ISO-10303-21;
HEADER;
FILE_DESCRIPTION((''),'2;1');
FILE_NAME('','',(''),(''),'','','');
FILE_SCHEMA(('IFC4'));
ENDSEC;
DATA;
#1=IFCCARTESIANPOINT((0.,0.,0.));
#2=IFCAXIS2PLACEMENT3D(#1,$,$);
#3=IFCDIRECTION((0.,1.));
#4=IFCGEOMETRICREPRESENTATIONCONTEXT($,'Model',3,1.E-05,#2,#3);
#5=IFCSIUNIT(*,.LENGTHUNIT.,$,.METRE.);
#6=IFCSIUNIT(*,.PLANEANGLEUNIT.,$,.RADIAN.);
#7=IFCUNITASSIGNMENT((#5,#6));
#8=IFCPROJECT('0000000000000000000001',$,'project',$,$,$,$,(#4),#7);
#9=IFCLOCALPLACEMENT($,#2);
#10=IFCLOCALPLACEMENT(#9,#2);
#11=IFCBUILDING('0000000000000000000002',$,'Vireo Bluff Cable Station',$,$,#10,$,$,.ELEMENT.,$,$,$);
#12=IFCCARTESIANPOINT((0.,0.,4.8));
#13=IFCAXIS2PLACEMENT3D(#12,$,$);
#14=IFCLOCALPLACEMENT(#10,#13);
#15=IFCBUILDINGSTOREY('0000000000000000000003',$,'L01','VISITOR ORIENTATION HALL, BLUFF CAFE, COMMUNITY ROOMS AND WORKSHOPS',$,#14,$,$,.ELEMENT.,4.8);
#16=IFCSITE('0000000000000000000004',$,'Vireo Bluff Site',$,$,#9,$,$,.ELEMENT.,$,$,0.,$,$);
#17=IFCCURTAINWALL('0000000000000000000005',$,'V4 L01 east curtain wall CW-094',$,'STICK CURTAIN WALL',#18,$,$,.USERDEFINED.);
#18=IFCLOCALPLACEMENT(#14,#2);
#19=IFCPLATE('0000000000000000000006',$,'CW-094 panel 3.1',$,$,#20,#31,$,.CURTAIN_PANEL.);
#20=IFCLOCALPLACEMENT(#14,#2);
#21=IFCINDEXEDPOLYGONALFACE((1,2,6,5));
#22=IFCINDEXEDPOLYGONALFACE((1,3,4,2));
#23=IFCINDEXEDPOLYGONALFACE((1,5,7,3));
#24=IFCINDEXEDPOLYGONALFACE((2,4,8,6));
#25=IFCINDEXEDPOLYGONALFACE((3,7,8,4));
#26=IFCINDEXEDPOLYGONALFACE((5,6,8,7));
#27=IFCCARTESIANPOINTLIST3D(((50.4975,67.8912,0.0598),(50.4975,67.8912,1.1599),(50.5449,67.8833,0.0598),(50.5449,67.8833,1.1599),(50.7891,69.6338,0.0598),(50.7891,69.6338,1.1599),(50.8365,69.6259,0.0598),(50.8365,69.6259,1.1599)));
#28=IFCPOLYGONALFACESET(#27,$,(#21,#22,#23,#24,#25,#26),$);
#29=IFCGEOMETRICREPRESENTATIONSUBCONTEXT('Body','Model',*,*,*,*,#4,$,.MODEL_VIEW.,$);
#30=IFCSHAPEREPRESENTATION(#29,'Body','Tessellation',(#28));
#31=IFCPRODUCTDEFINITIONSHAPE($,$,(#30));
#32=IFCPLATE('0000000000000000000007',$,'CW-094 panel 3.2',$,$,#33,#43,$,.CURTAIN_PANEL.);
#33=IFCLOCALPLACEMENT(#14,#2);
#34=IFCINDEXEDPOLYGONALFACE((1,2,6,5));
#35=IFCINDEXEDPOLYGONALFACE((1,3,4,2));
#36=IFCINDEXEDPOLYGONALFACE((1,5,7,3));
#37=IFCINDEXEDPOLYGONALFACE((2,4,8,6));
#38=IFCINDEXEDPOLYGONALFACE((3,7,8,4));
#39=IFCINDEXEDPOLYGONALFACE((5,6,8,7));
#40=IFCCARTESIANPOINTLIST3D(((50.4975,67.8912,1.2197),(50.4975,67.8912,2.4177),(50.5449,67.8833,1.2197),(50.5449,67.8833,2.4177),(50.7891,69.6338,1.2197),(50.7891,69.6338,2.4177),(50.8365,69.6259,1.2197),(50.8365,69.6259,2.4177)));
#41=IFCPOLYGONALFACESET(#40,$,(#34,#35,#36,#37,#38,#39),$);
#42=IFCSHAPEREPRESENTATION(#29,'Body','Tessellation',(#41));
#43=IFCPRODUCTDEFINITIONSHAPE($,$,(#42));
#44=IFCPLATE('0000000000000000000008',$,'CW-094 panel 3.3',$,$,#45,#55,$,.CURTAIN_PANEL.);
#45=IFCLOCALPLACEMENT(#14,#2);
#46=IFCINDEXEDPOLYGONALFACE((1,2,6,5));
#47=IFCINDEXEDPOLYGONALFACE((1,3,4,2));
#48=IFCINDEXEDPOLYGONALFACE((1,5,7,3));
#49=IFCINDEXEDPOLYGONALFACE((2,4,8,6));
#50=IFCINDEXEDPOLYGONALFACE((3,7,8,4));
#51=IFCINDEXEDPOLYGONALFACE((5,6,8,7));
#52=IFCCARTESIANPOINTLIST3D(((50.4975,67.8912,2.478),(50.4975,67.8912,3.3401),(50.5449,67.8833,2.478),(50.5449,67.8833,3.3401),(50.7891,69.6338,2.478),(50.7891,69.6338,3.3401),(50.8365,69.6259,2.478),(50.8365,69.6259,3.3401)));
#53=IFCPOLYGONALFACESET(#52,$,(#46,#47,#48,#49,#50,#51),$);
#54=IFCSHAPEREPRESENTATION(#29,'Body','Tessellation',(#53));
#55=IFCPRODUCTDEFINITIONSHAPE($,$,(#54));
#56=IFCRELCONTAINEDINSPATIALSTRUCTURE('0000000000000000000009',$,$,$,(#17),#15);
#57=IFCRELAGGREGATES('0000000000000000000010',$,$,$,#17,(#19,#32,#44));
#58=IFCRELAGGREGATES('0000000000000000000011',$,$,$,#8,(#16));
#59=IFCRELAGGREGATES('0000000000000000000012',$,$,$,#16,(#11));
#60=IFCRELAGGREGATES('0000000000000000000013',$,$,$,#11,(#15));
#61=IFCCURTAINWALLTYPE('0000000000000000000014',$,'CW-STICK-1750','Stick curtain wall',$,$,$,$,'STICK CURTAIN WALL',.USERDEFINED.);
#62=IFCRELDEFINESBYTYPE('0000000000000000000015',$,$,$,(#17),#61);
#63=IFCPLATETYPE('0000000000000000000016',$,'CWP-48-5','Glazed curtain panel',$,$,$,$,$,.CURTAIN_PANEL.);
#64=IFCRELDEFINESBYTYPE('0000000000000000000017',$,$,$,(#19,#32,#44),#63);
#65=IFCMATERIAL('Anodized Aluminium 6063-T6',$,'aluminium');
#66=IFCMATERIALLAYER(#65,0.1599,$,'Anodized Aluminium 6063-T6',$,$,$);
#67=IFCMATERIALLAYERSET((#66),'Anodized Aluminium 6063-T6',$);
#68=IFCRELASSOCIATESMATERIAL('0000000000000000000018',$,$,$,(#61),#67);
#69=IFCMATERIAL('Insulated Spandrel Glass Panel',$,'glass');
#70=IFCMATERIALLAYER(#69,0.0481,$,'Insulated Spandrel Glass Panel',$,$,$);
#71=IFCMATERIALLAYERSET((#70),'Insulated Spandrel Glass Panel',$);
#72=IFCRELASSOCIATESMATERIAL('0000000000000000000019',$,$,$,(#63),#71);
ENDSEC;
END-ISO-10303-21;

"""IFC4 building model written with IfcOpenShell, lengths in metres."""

from ifc_helpers import new_model, si_unit, direction, frame, origin, origin_2d, place, context, subcontext, project, spatial, rectangle, extrude, material, layer, layer_set, type_object, element, aggregate, save


model = new_model("IFC4")

# Units and contexts
model_context = context("Model", 3, precision=1e-05, world=origin(), true_north=direction((0.0, 1.0)))
body_context = subcontext(model_context, "Body", "Model", "MODEL_VIEW")
ifc_project = project(units=[si_unit("LENGTHUNIT", "METRE"), si_unit("PLANEANGLEUNIT", "RADIAN")], contexts=[model_context])

# Site, building, storey
site_placement = place(None, origin())
site = spatial("IfcSite", under=ifc_project, at=site_placement, Name="Vireo Bluff Site", CompositionType="ELEMENT", RefElevation=0.0)
building_placement = place(site_placement, origin())
building = spatial("IfcBuilding", under=site, at=building_placement, Name="Vireo Bluff Cable Station", CompositionType="ELEMENT")
storey_placement = place(building_placement, frame((0.0, 0.0, 4.8)))
storey = spatial("IfcBuildingStorey", under=building, at=storey_placement, Name="L01", Description="VISITOR ORIENTATION HALL, BLUFF CAFE, COMMUNITY ROOMS AND WORKSHOPS", CompositionType="ELEMENT", Elevation=4.8)

# Curtain wall
ifc_material_1 = material(Name="Anodized Aluminium 6063-T6", Category="aluminium")
ifc_layer_1 = layer(ifc_material_1, 0.1599, Name="Anodized Aluminium 6063-T6")
ifc_layer_set_1 = layer_set([ifc_layer_1], Name="Anodized Aluminium 6063-T6")
curtain_wall_type = type_object("IfcCurtainWallType", Name="CW-STICK-1750", Description="Stick curtain wall", ElementType="STICK CURTAIN WALL", PredefinedType="USERDEFINED", material=ifc_layer_set_1)
curtain_wall_placement = place(storey_placement, origin())
curtain_wall = element("IfcCurtainWall", 1, at=curtain_wall_placement, inside=storey, type_object=curtain_wall_type, Name="V4 L01 east curtain wall CW-094", ObjectType="STICK CURTAIN WALL", PredefinedType="USERDEFINED")

# Plates
ifc_material_2 = material(Name="Insulated Spandrel Glass Panel", Category="glass")
ifc_layer_2 = layer(ifc_material_2, 0.0481, Name="Insulated Spandrel Glass Panel")
ifc_layer_set_2 = layer_set([ifc_layer_2], Name="Insulated Spandrel Glass Panel")
plate_type = type_object("IfcPlateType", Name="CWP-48-5", Description="Glazed curtain panel", PredefinedType="CURTAIN_PANEL", material=ifc_layer_set_2)
plate_1_placement = place(storey_placement, frame((50.667, 68.7585, 0.0598), z_axis=(0.0, 0.0, 1.0), x_axis=(-0.165048, -0.986286, 0.0)))
plate_1 = element("IfcPlate", 2, at=plate_1_placement, type_object=plate_type, Name="CW-094 panel 3.1", PredefinedType="CURTAIN_PANEL", context=body_context, shape_type="SweptSolid", body=[
    extrude(rectangle(XDim=1.7668, YDim=0.0481, at=origin_2d()), origin(), (0.0, 0.0, 1.0), 1.1001),
])
plate_2_placement = place(storey_placement, frame((50.667, 68.7585, 1.2197), z_axis=(0.0, 0.0, 1.0), x_axis=(-0.165048, -0.986286, 0.0)))
plate_2 = element("IfcPlate", 3, at=plate_2_placement, type_object=plate_type, Name="CW-094 panel 3.2", PredefinedType="CURTAIN_PANEL", context=body_context, shape_type="SweptSolid", body=[
    extrude(rectangle(XDim=1.7668, YDim=0.0481, at=origin_2d()), origin(), (0.0, 0.0, 1.0), 1.198),
])
plate_3_placement = place(storey_placement, frame((50.667, 68.7585, 2.478), z_axis=(0.0, 0.0, 1.0), x_axis=(-0.165048, -0.986286, 0.0)))
plate_3 = element("IfcPlate", 4, at=plate_3_placement, type_object=plate_type, Name="CW-094 panel 3.3", PredefinedType="CURTAIN_PANEL", context=body_context, shape_type="SweptSolid", body=[
    extrude(rectangle(XDim=1.7668, YDim=0.0481, at=origin_2d()), origin(), (0.0, 0.0, 1.0), 0.8621),
])
aggregate(curtain_wall, [plate_1, plate_2, plate_3])

save(model, "model.ifc")
